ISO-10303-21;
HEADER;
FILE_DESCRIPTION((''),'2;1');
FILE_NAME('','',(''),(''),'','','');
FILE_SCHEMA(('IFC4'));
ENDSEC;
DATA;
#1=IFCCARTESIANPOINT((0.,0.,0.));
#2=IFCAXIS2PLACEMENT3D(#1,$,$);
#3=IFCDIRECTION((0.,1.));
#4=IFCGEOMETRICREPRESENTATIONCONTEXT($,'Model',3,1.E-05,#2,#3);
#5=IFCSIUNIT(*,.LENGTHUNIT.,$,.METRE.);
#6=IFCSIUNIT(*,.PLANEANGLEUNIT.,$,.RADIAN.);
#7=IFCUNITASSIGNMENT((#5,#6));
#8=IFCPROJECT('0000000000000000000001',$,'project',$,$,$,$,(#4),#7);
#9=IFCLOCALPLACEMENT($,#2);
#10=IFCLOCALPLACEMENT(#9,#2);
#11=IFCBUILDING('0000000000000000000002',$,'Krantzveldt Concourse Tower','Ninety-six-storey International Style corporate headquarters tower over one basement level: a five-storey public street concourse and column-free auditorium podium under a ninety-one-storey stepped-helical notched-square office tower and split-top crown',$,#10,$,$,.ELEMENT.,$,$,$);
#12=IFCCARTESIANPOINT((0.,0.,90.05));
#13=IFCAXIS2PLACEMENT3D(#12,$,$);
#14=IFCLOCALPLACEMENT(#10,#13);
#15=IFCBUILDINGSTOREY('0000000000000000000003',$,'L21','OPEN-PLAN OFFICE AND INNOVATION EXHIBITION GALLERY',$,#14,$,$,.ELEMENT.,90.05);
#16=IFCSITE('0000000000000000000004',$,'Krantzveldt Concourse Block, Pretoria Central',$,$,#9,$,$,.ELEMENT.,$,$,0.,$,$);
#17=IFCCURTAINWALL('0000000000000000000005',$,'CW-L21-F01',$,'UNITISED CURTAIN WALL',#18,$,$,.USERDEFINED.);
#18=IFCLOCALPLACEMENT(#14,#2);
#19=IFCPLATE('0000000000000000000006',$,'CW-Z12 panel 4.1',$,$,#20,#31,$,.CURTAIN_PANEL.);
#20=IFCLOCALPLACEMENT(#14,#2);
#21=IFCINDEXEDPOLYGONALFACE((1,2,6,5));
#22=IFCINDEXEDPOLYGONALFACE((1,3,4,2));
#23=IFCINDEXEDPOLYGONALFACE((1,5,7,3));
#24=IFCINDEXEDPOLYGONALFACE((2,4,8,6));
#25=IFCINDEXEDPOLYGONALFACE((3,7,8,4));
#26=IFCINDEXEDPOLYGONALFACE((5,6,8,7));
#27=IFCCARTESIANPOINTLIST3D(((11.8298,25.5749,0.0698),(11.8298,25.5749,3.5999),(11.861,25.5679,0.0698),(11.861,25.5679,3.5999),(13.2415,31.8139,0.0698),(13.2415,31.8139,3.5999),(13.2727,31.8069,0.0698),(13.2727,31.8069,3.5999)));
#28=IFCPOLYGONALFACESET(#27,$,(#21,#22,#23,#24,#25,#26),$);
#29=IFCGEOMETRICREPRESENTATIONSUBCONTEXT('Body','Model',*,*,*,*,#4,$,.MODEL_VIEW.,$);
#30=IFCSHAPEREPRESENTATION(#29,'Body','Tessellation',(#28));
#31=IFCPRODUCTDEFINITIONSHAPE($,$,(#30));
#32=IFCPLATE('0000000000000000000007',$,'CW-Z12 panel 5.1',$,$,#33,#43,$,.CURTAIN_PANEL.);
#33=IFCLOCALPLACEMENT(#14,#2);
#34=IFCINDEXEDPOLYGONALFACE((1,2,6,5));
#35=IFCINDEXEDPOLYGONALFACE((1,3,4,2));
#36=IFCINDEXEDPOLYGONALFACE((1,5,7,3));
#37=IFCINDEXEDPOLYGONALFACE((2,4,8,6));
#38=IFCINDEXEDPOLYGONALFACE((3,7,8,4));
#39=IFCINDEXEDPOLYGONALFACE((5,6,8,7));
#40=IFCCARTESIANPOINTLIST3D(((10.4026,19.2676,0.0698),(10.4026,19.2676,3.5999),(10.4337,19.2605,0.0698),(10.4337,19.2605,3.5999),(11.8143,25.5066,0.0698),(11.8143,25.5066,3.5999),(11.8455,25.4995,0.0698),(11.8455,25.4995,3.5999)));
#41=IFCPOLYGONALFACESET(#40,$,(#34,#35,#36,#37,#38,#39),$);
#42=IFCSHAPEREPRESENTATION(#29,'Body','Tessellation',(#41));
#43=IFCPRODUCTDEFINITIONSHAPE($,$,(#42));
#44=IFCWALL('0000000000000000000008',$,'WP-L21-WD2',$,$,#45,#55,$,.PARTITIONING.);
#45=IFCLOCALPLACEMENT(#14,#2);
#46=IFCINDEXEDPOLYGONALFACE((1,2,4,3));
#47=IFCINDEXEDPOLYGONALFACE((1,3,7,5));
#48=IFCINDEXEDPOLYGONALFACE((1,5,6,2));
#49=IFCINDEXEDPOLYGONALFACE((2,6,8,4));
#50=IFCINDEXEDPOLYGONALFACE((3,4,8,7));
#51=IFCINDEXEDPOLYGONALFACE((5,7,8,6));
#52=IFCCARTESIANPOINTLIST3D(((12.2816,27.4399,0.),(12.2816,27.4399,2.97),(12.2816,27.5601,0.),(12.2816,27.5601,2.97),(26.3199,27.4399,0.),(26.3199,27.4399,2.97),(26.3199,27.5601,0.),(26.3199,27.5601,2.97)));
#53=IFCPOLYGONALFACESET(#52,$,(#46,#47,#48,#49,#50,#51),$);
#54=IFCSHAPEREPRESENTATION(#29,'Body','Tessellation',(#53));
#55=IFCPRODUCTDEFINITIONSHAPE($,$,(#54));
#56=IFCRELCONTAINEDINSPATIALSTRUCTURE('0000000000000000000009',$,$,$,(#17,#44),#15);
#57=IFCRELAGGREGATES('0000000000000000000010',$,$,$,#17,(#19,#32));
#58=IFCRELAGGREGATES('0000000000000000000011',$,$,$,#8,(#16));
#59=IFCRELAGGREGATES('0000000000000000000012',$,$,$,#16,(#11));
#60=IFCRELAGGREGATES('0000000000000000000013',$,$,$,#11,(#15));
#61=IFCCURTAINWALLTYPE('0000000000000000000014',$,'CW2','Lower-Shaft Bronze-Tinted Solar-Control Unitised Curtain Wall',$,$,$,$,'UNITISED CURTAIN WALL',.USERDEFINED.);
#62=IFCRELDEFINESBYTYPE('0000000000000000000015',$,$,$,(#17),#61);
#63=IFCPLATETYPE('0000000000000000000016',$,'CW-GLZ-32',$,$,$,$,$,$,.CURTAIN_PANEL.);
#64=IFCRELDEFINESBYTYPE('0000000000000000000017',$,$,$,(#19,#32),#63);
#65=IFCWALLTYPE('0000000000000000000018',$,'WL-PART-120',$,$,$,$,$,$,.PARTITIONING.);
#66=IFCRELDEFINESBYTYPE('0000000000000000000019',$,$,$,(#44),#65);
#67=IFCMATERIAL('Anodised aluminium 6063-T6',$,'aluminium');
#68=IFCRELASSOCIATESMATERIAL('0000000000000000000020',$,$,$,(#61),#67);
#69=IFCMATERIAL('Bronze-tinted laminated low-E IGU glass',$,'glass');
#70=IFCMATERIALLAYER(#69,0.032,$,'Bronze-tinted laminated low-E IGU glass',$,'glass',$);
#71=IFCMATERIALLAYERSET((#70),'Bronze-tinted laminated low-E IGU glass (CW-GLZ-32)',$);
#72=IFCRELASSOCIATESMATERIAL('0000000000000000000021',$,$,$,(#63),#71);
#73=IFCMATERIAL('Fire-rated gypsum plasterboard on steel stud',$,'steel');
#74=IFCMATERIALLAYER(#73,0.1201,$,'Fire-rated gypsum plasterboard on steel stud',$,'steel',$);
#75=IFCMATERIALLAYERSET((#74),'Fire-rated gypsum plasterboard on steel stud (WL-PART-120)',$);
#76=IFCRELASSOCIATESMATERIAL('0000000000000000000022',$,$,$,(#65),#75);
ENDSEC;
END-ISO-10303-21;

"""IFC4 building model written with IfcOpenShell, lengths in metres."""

from ifc_helpers import new_model, si_unit, direction, frame, frame_2d, origin, origin_2d, place, context, subcontext, project, spatial, rectangle, extrude, source, transform, mapped, material, layer, layer_set, type_object, type_shapes, element, aggregate, save


model = new_model("IFC4")

# Units and contexts
model_context = context("Model", 3, precision=1e-05, world=origin(), true_north=direction((0.0, 1.0)))
body_context = subcontext(model_context, "Body", "Model", "MODEL_VIEW")
ifc_project = project(units=[si_unit("LENGTHUNIT", "METRE"), si_unit("PLANEANGLEUNIT", "RADIAN")], contexts=[model_context])

# Site, building, storey
site_placement = place(None, origin())
site = spatial("IfcSite", under=ifc_project, at=site_placement, Name="Krantzveldt Concourse Block, Pretoria Central", CompositionType="ELEMENT", RefElevation=0.0)
building_placement = place(site_placement, origin())
building = spatial("IfcBuilding", under=site, at=building_placement, Name="Krantzveldt Concourse Tower", Description="Ninety-six-storey International Style corporate headquarters tower over one basement level: a five-storey public street concourse and column-free auditorium podium under a ninety-one-storey stepped-helical notched-square office tower and split-top crown", CompositionType="ELEMENT")
storey_placement = place(building_placement, frame((0.0, 0.0, 90.05)))
storey = spatial("IfcBuildingStorey", under=building, at=storey_placement, Name="L21", Description="OPEN-PLAN OFFICE AND INNOVATION EXHIBITION GALLERY", CompositionType="ELEMENT", Elevation=90.05)

# Curtain wall, plates
ifc_material_1 = material(Name="Anodised aluminium 6063-T6", Category="aluminium")
curtain_wall_type = type_object("IfcCurtainWallType", Name="CW2", Description="Lower-Shaft Bronze-Tinted Solar-Control Unitised Curtain Wall", ElementType="UNITISED CURTAIN WALL", PredefinedType="USERDEFINED", material=ifc_material_1)
curtain_wall_placement = place(storey_placement, origin())
curtain_wall = element("IfcCurtainWall", 1, at=curtain_wall_placement, inside=storey, type_object=curtain_wall_type, Name="CW-L21-F01", ObjectType="UNITISED CURTAIN WALL", PredefinedType="USERDEFINED")
ifc_material_2 = material(Name="Bronze-tinted laminated low-E IGU glass", Category="glass")
ifc_layer_1 = layer(ifc_material_2, 0.032, Name="Bronze-tinted laminated low-E IGU glass", Category="glass")
ifc_layer_set_1 = layer_set([ifc_layer_1], Name="Bronze-tinted laminated low-E IGU glass (CW-GLZ-32)")
plate_type = type_object("IfcPlateType", Name="CW-GLZ-32", PredefinedType="CURTAIN_PANEL", material=ifc_layer_set_1)
shared_shape_1 = source(origin(), body_context, "Body", "SweptSolid", [
    extrude(rectangle(XDim=6.3967, YDim=0.032, at=origin_2d()), origin(), (0.0, 0.0, 1.0), 3.53),
])
type_shapes(plate_type, [shared_shape_1])
plate_1_placement = place(storey_placement, frame((12.5513, 28.6909, 0.0698), z_axis=(0.0, 0.0, 1.0), x_axis=(-0.220697, -0.975342, 0.0)))
plate_1 = element("IfcPlate", 2, at=plate_1_placement, type_object=plate_type, Name="CW-Z12 panel 4.1", PredefinedType="CURTAIN_PANEL", context=body_context, shape_type="MappedRepresentation", body=[
    mapped(shared_shape_1, transform((0.0, 0.0, 0.0), x_axis=(1.0, 0.0, 0.0), y_axis=(0.0, 1.0, 0.0), z_axis=(0.0, 0.0, 1.0), scale=1.0)),
])
plate_2_placement = place(storey_placement, frame((11.124, 22.3835, 0.0698), z_axis=(0.0, 0.0, 1.0), x_axis=(-0.220697, -0.975342, 0.0)))
plate_2 = element("IfcPlate", 3, at=plate_2_placement, type_object=plate_type, Name="CW-Z12 panel 5.1", PredefinedType="CURTAIN_PANEL", context=body_context, shape_type="MappedRepresentation", body=[
    mapped(shared_shape_1, transform((0.0, 0.0, 0.0), x_axis=(1.0, 0.0, 0.0), y_axis=(0.0, 1.0, 0.0), z_axis=(0.0, 0.0, 1.0), scale=1.0)),
])
aggregate(curtain_wall, [plate_1, plate_2])

# Wall
ifc_material_3 = material(Name="Fire-rated gypsum plasterboard on steel stud", Category="steel")
ifc_layer_2 = layer(ifc_material_3, 0.1201, Name="Fire-rated gypsum plasterboard on steel stud", Category="steel")
ifc_layer_set_2 = layer_set([ifc_layer_2], Name="Fire-rated gypsum plasterboard on steel stud (WL-PART-120)")
wall_type = type_object("IfcWallType", Name="WL-PART-120", PredefinedType="PARTITIONING", material=ifc_layer_set_2)
wall_placement = place(storey_placement, frame((12.2817, 27.5, 0.0), z_axis=(0.0, 0.0, 1.0), x_axis=(1.0, 0.0, 0.0)))
element("IfcWall", 4, at=wall_placement, inside=storey, type_object=wall_type, Name="WP-L21-WD2", PredefinedType="PARTITIONING", context=body_context, shape_type="SweptSolid", body=[
    extrude(rectangle(XDim=14.0383, YDim=0.1201, at=frame_2d((7.019, 0.0))), origin(), (0.0, 0.0, 1.0), 2.97),
])

save(model, "model.ifc")
